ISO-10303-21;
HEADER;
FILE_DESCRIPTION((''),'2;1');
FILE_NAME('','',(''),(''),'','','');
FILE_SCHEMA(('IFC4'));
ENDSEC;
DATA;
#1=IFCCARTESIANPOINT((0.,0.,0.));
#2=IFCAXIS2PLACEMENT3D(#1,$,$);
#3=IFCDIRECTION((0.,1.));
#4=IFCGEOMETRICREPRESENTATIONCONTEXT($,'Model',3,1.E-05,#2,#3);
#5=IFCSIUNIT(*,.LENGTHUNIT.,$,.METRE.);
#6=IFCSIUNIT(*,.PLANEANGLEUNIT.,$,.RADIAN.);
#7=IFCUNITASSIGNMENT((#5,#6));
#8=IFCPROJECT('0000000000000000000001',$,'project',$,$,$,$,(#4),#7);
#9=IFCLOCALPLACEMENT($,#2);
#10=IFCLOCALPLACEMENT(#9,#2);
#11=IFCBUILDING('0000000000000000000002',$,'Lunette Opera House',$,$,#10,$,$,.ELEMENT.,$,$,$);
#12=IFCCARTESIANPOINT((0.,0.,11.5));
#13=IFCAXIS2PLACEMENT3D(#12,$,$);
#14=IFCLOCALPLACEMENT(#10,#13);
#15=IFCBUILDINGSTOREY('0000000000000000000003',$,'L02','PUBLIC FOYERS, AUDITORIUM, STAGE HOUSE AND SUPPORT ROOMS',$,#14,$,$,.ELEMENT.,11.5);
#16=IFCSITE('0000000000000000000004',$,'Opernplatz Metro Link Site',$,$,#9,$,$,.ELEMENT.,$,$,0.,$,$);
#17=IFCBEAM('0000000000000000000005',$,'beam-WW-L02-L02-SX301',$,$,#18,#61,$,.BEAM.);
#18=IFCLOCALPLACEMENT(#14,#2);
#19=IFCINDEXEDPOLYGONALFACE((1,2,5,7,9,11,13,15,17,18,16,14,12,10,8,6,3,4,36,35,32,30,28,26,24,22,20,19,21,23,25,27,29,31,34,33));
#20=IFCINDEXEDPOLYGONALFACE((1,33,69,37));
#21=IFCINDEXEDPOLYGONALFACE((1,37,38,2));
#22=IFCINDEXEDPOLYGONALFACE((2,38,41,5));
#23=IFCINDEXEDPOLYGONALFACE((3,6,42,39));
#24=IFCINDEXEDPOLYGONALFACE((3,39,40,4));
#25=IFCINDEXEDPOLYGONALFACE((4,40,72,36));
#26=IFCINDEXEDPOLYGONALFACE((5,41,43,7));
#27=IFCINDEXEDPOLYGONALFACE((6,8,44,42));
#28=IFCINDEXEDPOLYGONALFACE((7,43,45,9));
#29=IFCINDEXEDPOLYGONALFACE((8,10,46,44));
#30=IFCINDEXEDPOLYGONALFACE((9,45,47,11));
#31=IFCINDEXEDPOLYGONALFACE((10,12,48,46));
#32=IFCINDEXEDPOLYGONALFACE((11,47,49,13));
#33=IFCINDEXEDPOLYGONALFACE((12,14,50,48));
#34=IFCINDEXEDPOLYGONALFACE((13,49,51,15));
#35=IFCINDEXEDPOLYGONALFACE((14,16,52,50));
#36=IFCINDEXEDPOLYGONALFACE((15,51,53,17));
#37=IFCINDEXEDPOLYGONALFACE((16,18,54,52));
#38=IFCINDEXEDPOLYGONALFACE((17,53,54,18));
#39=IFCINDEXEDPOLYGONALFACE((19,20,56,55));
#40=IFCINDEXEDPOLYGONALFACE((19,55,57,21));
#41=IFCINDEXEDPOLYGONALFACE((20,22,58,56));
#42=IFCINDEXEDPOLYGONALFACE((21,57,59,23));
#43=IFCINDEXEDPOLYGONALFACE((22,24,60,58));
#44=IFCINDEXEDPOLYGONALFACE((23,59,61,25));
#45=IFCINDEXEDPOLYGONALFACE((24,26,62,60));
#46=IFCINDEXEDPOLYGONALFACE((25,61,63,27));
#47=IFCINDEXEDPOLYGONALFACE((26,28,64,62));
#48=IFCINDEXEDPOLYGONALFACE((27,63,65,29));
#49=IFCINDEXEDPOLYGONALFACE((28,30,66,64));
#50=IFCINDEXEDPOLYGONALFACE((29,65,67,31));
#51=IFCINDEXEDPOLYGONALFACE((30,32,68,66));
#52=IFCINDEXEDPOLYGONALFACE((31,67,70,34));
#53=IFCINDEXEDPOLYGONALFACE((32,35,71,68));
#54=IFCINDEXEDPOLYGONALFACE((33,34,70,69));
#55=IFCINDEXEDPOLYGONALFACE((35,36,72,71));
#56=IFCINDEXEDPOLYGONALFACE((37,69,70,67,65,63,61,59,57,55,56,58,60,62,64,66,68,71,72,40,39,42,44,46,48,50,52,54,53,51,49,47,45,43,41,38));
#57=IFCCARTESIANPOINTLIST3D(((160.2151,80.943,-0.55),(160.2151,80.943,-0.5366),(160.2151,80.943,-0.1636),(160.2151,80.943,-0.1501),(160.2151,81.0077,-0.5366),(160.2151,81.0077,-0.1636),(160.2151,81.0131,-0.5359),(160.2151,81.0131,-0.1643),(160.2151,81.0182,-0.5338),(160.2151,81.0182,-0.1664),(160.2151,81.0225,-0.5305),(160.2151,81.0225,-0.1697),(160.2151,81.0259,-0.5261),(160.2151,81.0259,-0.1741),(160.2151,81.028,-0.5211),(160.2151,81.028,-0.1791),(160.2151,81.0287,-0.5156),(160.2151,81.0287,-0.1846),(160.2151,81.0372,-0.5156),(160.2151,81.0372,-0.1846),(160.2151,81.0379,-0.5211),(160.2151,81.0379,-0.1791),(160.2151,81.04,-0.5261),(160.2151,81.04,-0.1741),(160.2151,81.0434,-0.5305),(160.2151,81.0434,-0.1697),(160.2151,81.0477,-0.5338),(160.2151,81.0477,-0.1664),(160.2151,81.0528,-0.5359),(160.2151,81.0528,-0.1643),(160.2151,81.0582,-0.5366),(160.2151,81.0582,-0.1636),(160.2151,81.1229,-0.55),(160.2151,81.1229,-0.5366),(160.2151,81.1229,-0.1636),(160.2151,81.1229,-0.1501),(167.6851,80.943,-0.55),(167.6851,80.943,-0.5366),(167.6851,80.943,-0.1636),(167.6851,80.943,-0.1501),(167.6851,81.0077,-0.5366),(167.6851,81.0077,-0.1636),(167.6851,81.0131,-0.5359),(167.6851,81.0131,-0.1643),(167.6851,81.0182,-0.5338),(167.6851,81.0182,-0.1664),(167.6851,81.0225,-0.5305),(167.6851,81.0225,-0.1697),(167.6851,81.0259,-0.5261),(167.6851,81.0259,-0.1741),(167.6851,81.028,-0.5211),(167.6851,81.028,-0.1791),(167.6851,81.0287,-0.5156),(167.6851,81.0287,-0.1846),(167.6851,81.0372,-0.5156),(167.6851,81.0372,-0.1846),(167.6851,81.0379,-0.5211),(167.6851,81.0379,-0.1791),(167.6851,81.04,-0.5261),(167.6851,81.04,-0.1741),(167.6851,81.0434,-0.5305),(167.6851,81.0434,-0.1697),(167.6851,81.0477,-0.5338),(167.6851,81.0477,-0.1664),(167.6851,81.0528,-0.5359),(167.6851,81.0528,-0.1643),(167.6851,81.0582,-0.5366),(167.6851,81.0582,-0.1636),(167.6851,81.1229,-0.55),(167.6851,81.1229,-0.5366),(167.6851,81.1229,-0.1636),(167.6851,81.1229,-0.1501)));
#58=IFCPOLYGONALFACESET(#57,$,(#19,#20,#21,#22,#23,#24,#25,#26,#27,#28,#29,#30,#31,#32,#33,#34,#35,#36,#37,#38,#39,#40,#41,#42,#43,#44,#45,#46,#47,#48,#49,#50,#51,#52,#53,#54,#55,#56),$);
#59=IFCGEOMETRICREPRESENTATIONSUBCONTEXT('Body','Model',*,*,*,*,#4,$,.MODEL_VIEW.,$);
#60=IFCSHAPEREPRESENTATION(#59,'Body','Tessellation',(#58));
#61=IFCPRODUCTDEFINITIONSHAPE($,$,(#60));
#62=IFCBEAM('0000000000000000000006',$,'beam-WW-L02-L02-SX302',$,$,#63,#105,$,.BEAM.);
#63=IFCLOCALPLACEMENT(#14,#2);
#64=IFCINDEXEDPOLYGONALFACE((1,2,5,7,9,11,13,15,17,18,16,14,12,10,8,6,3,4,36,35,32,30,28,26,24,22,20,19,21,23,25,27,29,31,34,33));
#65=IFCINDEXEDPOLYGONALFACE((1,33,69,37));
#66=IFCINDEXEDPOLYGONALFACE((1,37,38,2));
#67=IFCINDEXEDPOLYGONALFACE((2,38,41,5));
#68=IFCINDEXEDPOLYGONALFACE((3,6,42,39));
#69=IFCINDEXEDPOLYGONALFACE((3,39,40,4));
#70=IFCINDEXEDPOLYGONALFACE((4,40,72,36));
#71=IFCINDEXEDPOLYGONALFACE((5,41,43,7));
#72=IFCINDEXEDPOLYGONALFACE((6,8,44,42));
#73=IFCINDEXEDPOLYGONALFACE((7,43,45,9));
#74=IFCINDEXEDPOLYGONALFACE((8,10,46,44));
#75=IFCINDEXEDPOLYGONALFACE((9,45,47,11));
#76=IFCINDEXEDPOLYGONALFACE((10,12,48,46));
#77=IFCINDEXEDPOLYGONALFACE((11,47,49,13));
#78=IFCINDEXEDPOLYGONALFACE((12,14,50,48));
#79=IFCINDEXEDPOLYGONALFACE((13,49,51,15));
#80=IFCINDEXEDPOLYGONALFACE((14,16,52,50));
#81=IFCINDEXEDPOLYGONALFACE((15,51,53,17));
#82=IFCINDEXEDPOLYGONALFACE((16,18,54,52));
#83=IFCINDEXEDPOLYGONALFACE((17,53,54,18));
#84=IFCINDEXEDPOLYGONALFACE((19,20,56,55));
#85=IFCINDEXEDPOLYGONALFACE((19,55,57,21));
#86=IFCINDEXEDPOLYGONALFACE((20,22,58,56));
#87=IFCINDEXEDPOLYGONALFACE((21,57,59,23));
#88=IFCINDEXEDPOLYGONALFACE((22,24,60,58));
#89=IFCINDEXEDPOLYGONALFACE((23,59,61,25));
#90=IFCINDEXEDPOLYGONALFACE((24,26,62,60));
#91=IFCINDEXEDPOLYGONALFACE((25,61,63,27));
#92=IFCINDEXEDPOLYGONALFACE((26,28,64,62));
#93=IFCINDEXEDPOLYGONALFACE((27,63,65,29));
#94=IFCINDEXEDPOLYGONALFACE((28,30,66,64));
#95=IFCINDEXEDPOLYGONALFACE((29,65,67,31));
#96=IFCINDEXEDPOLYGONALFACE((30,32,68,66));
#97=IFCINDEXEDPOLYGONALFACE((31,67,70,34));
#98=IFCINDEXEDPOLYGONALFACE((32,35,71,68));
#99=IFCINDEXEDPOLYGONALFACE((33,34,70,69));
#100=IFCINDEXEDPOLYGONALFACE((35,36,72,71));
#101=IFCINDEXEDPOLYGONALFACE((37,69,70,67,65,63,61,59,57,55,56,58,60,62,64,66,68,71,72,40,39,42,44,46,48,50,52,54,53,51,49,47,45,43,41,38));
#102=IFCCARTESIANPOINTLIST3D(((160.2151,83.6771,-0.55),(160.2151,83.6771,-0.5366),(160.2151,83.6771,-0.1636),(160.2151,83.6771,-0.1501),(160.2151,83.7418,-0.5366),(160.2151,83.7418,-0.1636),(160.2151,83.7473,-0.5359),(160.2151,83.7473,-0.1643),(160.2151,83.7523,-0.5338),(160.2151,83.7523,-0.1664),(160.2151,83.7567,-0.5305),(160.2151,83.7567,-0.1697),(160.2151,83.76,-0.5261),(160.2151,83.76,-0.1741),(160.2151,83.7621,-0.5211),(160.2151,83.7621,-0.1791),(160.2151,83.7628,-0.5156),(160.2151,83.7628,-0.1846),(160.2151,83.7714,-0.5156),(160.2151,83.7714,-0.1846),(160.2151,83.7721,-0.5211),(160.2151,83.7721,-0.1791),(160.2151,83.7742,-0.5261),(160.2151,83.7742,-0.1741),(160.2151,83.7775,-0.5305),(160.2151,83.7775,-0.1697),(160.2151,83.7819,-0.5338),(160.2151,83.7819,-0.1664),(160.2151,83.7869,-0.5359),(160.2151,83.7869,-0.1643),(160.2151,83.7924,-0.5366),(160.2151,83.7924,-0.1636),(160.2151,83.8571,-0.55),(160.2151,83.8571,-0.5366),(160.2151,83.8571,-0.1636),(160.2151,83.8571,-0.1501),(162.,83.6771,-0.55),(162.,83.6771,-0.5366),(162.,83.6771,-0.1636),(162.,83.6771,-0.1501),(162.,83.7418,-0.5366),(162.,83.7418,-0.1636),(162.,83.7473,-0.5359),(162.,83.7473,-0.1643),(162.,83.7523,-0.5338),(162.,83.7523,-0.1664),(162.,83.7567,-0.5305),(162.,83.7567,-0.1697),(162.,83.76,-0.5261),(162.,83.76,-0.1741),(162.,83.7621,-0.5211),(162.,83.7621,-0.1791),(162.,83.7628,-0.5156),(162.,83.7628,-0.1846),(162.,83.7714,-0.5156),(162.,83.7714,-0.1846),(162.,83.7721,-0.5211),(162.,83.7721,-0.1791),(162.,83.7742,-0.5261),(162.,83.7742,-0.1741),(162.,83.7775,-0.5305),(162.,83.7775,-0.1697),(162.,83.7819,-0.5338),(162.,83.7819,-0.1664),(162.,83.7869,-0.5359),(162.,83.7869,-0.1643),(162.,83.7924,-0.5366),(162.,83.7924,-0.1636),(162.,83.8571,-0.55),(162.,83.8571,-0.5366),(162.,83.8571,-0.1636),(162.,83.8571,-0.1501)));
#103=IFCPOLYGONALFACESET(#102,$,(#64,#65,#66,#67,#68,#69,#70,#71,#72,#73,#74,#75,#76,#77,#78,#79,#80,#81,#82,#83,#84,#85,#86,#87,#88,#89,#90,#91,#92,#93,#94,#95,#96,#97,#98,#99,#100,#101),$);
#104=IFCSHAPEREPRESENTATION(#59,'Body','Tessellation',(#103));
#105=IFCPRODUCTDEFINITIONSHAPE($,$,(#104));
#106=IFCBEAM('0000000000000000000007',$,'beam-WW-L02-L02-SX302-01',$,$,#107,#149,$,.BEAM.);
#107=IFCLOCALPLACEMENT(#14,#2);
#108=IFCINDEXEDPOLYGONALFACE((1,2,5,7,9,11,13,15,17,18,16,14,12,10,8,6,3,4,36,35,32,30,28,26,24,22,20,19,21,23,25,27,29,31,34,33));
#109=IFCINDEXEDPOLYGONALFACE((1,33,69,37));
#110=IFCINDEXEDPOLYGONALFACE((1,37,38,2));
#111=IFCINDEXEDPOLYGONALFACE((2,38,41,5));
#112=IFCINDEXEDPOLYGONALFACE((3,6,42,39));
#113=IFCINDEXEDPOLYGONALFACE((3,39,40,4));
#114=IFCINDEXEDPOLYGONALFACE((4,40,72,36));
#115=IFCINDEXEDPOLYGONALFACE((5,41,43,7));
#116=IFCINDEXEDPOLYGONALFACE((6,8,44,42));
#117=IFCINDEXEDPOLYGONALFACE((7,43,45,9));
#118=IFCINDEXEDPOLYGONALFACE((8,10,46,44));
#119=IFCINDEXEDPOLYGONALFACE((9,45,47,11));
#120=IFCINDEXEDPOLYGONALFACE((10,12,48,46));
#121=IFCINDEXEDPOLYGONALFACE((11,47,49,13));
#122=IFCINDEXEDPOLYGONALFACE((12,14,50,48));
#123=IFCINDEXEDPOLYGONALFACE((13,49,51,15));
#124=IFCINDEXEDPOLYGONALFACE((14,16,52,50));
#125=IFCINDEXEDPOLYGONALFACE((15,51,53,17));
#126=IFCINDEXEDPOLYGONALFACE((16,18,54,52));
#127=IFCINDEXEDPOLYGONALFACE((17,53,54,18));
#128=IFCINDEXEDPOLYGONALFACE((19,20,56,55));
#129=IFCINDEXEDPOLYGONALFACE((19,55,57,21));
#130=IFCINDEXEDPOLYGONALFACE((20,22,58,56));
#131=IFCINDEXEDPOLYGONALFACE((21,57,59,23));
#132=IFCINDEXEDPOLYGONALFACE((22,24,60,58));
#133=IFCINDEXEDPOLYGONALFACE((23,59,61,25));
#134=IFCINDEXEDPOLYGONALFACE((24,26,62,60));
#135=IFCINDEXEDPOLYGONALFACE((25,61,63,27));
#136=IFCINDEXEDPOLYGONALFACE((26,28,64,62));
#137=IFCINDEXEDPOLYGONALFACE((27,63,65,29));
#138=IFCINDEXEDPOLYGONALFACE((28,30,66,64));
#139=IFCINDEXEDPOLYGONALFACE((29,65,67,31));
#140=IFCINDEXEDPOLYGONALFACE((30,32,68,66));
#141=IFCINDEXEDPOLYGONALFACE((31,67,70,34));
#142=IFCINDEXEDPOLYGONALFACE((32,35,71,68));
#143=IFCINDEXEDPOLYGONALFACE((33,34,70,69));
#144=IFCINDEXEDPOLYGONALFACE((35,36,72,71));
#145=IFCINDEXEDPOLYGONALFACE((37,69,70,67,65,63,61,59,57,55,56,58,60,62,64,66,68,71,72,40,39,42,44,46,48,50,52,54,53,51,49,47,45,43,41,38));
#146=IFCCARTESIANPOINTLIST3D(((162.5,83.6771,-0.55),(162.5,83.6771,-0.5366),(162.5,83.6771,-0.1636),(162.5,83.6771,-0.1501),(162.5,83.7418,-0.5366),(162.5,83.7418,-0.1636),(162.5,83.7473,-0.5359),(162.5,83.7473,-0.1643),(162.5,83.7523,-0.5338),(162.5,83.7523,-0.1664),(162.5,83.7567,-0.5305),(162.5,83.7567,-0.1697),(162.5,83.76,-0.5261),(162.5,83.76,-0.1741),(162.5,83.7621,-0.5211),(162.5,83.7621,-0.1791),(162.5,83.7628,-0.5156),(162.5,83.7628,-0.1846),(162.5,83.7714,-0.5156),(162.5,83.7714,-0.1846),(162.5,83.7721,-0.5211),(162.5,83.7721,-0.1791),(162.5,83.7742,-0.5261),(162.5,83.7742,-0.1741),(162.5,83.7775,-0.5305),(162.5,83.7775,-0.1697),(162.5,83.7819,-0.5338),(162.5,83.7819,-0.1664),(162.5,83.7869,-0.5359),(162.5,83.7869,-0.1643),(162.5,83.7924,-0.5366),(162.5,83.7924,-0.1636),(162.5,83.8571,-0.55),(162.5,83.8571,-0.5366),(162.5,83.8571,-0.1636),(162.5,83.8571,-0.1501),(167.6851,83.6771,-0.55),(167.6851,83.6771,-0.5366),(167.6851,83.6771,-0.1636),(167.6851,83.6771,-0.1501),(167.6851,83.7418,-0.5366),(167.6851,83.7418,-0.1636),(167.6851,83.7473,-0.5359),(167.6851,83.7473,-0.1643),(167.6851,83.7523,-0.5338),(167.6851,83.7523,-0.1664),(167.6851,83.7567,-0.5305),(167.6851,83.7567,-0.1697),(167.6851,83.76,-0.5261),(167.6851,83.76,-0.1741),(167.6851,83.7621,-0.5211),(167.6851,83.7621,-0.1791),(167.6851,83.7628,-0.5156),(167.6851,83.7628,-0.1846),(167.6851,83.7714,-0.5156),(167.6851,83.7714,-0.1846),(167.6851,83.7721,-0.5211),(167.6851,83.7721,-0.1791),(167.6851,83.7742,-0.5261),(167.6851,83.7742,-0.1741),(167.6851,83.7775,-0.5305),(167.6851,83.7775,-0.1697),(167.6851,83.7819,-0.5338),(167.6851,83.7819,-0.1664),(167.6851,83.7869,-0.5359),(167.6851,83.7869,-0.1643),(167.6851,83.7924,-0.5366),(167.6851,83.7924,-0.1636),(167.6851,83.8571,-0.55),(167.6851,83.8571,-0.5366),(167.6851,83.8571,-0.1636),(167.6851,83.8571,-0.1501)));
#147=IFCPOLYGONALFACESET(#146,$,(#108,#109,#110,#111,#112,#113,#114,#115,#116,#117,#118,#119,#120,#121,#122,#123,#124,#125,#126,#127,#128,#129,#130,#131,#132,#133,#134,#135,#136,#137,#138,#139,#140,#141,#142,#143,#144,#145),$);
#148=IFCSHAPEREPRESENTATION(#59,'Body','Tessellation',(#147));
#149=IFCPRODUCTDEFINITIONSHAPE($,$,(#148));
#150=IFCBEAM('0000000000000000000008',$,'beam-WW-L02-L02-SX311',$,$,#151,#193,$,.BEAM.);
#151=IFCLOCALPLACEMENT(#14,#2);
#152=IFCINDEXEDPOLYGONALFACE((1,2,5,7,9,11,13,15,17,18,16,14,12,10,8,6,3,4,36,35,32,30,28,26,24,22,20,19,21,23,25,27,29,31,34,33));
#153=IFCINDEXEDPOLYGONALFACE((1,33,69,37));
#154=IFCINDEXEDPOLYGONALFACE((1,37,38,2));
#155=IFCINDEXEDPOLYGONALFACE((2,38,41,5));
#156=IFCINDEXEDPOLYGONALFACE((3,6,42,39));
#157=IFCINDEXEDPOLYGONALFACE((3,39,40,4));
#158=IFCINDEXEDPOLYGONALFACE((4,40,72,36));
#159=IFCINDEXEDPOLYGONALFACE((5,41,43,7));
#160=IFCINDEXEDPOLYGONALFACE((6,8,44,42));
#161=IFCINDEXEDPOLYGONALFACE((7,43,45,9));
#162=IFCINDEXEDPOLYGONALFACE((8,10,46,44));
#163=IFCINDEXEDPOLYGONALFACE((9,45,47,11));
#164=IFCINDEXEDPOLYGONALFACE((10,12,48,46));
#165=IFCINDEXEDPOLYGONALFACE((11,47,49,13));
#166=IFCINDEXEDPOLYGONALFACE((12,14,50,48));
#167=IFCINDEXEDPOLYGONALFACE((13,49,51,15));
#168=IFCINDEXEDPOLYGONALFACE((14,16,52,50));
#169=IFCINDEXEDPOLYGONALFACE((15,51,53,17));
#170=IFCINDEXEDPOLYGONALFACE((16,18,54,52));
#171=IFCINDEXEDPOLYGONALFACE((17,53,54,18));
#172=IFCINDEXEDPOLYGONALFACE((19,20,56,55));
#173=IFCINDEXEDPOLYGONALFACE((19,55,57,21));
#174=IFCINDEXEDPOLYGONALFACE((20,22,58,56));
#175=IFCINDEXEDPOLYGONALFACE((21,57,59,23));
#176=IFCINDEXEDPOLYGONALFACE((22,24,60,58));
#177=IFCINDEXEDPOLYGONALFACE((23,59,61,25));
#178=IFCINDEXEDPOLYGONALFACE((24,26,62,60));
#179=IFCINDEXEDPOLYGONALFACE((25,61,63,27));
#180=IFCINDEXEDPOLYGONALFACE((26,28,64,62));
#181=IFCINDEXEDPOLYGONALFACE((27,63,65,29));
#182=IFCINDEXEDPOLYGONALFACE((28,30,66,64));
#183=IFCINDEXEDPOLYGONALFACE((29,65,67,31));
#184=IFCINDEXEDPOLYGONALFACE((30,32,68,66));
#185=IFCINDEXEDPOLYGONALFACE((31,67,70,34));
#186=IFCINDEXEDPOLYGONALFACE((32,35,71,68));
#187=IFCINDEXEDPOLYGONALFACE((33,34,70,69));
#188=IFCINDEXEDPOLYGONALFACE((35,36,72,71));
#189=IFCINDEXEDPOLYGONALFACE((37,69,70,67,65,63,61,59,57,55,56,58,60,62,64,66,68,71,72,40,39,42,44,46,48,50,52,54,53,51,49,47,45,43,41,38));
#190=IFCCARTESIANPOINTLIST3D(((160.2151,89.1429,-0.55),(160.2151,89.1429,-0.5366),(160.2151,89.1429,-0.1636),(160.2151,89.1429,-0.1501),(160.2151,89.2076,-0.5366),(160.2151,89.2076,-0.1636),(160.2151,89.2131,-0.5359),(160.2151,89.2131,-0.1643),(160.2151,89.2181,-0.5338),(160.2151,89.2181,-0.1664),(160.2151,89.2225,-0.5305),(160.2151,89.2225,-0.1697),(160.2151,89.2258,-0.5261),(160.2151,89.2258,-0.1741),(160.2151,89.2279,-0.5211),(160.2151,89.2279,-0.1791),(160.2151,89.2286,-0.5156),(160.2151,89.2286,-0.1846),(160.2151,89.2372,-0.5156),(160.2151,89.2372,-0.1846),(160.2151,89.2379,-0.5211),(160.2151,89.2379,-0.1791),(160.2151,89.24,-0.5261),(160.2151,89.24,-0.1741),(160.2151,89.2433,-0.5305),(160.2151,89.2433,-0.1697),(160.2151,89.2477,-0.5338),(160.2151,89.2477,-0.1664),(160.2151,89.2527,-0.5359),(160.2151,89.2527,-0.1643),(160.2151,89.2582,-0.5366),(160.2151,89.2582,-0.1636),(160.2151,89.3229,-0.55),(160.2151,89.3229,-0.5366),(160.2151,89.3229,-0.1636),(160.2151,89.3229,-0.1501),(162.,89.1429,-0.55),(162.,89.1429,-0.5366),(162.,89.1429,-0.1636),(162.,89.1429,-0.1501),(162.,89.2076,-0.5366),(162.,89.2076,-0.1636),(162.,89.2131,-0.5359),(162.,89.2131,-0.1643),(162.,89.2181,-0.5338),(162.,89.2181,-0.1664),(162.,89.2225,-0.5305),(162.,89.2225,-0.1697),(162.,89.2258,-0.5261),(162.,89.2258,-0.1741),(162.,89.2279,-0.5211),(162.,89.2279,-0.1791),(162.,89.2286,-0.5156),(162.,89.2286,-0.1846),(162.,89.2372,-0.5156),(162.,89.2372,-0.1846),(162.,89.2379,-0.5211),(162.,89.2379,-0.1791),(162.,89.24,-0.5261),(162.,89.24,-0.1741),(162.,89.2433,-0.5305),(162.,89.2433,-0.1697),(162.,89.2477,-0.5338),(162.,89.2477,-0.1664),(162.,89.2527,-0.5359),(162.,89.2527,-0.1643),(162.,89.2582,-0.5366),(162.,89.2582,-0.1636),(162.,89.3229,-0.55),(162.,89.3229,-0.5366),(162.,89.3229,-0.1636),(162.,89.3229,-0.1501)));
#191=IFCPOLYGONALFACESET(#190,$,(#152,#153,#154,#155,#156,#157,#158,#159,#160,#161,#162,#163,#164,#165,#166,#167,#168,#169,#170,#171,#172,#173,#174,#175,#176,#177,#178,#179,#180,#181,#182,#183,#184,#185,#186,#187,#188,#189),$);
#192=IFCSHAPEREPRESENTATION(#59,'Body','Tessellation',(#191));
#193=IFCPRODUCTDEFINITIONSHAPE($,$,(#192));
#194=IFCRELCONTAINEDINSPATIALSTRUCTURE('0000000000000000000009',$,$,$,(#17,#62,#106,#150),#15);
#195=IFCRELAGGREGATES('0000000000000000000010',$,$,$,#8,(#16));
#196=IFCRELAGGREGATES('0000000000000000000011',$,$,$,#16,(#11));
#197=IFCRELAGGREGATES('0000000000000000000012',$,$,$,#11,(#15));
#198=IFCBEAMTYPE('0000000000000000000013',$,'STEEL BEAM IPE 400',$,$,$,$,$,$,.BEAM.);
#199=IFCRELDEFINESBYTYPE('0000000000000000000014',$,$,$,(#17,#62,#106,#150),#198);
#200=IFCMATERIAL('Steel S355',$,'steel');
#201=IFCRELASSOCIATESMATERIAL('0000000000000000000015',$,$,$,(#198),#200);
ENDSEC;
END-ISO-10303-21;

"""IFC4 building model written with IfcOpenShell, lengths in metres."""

from ifc_helpers import new_model, si_unit, direction, frame, origin, origin_2d, place, context, subcontext, project, spatial, i_section, extrude, material, material_profile, profile_set, type_object, element, save


model = new_model("IFC4")

# Units and contexts
model_context = context("Model", 3, precision=1e-05, world=origin(), true_north=direction((0.0, 1.0)))
body_context = subcontext(model_context, "Body", "Model", "MODEL_VIEW")
ifc_project = project(units=[si_unit("LENGTHUNIT", "METRE"), si_unit("PLANEANGLEUNIT", "RADIAN")], contexts=[model_context])

# Site, building, storey
site_placement = place(None, origin())
site = spatial("IfcSite", under=ifc_project, at=site_placement, Name="Opernplatz Metro Link Site", CompositionType="ELEMENT", RefElevation=0.0)
building_placement = place(site_placement, origin())
building = spatial("IfcBuilding", under=site, at=building_placement, Name="Lunette Opera House", CompositionType="ELEMENT")
storey_placement = place(building_placement, frame((0.0, 0.0, 11.5)))
storey = spatial("IfcBuildingStorey", under=building, at=storey_placement, Name="L02", Description="PUBLIC FOYERS, AUDITORIUM, STAGE HOUSE AND SUPPORT ROOMS", CompositionType="ELEMENT", Elevation=11.5)

# Beams
ifc_material_1 = material(Name="Steel S355", Category="steel")
ifc_material_profile_1 = material_profile(ifc_material_1, i_section(OverallWidth=0.1799, OverallDepth=0.3999, WebThickness=0.0085, FlangeThickness=0.0134, FilletRadius=0.021, at=origin_2d()), Name="IPE 400")
ifc_profile_set_1 = profile_set([ifc_material_profile_1], Name="Steel S355")
beam_type_1 = type_object("IfcBeamType", Name="STEEL BEAM IPE 400", PredefinedType="BEAM", material=ifc_profile_set_1)
beam_1_placement = place(storey_placement, frame((160.2151, 81.033, -0.3501), z_axis=(1.0, 0.0, 0.0), x_axis=(0.0, 1.0, 0.0)))
element("IfcBeam", 1, at=beam_1_placement, inside=storey, type_object=beam_type_1, Name="beam-WW-L02-L02-SX301", PredefinedType="BEAM", context=body_context, shape_type="SweptSolid", body=[
    extrude(i_section(OverallWidth=0.1799, OverallDepth=0.3999, WebThickness=0.0085, FlangeThickness=0.0134, FilletRadius=0.021, at=origin_2d()), origin(), (0.0, 0.0, 1.0), 7.47),
])
beam_2_placement = place(storey_placement, frame((160.2151, 83.7671, -0.3501), z_axis=(1.0, 0.0, 0.0), x_axis=(0.0, 1.0, 0.0)))
element("IfcBeam", 2, at=beam_2_placement, inside=storey, type_object=beam_type_1, Name="beam-WW-L02-L02-SX302", PredefinedType="BEAM", context=body_context, shape_type="SweptSolid", body=[
    extrude(i_section(OverallWidth=0.1799, OverallDepth=0.3999, WebThickness=0.0085, FlangeThickness=0.0134, FilletRadius=0.021, at=origin_2d()), origin(), (0.0, 0.0, 1.0), 1.7849),
])
beam_3_placement = place(storey_placement, frame((162.5, 83.7671, -0.3501), z_axis=(1.0, 0.0, 0.0), x_axis=(0.0, 1.0, 0.0)))
element("IfcBeam", 3, at=beam_3_placement, inside=storey, type_object=beam_type_1, Name="beam-WW-L02-L02-SX302-01", PredefinedType="BEAM", context=body_context, shape_type="SweptSolid", body=[
    extrude(i_section(OverallWidth=0.1799, OverallDepth=0.3999, WebThickness=0.0085, FlangeThickness=0.0134, FilletRadius=0.021, at=origin_2d()), origin(), (0.0, 0.0, 1.0), 5.1851),
])
beam_4_placement = place(storey_placement, frame((160.2151, 89.2329, -0.3501), z_axis=(1.0, 0.0, 0.0), x_axis=(0.0, 1.0, 0.0)))
element("IfcBeam", 4, at=beam_4_placement, inside=storey, type_object=beam_type_1, Name="beam-WW-L02-L02-SX311", PredefinedType="BEAM", context=body_context, shape_type="SweptSolid", body=[
    extrude(i_section(OverallWidth=0.1799, OverallDepth=0.3999, WebThickness=0.0085, FlangeThickness=0.0134, FilletRadius=0.021, at=origin_2d()), origin(), (0.0, 0.0, 1.0), 1.7849),
])

save(model, "model.ifc")
